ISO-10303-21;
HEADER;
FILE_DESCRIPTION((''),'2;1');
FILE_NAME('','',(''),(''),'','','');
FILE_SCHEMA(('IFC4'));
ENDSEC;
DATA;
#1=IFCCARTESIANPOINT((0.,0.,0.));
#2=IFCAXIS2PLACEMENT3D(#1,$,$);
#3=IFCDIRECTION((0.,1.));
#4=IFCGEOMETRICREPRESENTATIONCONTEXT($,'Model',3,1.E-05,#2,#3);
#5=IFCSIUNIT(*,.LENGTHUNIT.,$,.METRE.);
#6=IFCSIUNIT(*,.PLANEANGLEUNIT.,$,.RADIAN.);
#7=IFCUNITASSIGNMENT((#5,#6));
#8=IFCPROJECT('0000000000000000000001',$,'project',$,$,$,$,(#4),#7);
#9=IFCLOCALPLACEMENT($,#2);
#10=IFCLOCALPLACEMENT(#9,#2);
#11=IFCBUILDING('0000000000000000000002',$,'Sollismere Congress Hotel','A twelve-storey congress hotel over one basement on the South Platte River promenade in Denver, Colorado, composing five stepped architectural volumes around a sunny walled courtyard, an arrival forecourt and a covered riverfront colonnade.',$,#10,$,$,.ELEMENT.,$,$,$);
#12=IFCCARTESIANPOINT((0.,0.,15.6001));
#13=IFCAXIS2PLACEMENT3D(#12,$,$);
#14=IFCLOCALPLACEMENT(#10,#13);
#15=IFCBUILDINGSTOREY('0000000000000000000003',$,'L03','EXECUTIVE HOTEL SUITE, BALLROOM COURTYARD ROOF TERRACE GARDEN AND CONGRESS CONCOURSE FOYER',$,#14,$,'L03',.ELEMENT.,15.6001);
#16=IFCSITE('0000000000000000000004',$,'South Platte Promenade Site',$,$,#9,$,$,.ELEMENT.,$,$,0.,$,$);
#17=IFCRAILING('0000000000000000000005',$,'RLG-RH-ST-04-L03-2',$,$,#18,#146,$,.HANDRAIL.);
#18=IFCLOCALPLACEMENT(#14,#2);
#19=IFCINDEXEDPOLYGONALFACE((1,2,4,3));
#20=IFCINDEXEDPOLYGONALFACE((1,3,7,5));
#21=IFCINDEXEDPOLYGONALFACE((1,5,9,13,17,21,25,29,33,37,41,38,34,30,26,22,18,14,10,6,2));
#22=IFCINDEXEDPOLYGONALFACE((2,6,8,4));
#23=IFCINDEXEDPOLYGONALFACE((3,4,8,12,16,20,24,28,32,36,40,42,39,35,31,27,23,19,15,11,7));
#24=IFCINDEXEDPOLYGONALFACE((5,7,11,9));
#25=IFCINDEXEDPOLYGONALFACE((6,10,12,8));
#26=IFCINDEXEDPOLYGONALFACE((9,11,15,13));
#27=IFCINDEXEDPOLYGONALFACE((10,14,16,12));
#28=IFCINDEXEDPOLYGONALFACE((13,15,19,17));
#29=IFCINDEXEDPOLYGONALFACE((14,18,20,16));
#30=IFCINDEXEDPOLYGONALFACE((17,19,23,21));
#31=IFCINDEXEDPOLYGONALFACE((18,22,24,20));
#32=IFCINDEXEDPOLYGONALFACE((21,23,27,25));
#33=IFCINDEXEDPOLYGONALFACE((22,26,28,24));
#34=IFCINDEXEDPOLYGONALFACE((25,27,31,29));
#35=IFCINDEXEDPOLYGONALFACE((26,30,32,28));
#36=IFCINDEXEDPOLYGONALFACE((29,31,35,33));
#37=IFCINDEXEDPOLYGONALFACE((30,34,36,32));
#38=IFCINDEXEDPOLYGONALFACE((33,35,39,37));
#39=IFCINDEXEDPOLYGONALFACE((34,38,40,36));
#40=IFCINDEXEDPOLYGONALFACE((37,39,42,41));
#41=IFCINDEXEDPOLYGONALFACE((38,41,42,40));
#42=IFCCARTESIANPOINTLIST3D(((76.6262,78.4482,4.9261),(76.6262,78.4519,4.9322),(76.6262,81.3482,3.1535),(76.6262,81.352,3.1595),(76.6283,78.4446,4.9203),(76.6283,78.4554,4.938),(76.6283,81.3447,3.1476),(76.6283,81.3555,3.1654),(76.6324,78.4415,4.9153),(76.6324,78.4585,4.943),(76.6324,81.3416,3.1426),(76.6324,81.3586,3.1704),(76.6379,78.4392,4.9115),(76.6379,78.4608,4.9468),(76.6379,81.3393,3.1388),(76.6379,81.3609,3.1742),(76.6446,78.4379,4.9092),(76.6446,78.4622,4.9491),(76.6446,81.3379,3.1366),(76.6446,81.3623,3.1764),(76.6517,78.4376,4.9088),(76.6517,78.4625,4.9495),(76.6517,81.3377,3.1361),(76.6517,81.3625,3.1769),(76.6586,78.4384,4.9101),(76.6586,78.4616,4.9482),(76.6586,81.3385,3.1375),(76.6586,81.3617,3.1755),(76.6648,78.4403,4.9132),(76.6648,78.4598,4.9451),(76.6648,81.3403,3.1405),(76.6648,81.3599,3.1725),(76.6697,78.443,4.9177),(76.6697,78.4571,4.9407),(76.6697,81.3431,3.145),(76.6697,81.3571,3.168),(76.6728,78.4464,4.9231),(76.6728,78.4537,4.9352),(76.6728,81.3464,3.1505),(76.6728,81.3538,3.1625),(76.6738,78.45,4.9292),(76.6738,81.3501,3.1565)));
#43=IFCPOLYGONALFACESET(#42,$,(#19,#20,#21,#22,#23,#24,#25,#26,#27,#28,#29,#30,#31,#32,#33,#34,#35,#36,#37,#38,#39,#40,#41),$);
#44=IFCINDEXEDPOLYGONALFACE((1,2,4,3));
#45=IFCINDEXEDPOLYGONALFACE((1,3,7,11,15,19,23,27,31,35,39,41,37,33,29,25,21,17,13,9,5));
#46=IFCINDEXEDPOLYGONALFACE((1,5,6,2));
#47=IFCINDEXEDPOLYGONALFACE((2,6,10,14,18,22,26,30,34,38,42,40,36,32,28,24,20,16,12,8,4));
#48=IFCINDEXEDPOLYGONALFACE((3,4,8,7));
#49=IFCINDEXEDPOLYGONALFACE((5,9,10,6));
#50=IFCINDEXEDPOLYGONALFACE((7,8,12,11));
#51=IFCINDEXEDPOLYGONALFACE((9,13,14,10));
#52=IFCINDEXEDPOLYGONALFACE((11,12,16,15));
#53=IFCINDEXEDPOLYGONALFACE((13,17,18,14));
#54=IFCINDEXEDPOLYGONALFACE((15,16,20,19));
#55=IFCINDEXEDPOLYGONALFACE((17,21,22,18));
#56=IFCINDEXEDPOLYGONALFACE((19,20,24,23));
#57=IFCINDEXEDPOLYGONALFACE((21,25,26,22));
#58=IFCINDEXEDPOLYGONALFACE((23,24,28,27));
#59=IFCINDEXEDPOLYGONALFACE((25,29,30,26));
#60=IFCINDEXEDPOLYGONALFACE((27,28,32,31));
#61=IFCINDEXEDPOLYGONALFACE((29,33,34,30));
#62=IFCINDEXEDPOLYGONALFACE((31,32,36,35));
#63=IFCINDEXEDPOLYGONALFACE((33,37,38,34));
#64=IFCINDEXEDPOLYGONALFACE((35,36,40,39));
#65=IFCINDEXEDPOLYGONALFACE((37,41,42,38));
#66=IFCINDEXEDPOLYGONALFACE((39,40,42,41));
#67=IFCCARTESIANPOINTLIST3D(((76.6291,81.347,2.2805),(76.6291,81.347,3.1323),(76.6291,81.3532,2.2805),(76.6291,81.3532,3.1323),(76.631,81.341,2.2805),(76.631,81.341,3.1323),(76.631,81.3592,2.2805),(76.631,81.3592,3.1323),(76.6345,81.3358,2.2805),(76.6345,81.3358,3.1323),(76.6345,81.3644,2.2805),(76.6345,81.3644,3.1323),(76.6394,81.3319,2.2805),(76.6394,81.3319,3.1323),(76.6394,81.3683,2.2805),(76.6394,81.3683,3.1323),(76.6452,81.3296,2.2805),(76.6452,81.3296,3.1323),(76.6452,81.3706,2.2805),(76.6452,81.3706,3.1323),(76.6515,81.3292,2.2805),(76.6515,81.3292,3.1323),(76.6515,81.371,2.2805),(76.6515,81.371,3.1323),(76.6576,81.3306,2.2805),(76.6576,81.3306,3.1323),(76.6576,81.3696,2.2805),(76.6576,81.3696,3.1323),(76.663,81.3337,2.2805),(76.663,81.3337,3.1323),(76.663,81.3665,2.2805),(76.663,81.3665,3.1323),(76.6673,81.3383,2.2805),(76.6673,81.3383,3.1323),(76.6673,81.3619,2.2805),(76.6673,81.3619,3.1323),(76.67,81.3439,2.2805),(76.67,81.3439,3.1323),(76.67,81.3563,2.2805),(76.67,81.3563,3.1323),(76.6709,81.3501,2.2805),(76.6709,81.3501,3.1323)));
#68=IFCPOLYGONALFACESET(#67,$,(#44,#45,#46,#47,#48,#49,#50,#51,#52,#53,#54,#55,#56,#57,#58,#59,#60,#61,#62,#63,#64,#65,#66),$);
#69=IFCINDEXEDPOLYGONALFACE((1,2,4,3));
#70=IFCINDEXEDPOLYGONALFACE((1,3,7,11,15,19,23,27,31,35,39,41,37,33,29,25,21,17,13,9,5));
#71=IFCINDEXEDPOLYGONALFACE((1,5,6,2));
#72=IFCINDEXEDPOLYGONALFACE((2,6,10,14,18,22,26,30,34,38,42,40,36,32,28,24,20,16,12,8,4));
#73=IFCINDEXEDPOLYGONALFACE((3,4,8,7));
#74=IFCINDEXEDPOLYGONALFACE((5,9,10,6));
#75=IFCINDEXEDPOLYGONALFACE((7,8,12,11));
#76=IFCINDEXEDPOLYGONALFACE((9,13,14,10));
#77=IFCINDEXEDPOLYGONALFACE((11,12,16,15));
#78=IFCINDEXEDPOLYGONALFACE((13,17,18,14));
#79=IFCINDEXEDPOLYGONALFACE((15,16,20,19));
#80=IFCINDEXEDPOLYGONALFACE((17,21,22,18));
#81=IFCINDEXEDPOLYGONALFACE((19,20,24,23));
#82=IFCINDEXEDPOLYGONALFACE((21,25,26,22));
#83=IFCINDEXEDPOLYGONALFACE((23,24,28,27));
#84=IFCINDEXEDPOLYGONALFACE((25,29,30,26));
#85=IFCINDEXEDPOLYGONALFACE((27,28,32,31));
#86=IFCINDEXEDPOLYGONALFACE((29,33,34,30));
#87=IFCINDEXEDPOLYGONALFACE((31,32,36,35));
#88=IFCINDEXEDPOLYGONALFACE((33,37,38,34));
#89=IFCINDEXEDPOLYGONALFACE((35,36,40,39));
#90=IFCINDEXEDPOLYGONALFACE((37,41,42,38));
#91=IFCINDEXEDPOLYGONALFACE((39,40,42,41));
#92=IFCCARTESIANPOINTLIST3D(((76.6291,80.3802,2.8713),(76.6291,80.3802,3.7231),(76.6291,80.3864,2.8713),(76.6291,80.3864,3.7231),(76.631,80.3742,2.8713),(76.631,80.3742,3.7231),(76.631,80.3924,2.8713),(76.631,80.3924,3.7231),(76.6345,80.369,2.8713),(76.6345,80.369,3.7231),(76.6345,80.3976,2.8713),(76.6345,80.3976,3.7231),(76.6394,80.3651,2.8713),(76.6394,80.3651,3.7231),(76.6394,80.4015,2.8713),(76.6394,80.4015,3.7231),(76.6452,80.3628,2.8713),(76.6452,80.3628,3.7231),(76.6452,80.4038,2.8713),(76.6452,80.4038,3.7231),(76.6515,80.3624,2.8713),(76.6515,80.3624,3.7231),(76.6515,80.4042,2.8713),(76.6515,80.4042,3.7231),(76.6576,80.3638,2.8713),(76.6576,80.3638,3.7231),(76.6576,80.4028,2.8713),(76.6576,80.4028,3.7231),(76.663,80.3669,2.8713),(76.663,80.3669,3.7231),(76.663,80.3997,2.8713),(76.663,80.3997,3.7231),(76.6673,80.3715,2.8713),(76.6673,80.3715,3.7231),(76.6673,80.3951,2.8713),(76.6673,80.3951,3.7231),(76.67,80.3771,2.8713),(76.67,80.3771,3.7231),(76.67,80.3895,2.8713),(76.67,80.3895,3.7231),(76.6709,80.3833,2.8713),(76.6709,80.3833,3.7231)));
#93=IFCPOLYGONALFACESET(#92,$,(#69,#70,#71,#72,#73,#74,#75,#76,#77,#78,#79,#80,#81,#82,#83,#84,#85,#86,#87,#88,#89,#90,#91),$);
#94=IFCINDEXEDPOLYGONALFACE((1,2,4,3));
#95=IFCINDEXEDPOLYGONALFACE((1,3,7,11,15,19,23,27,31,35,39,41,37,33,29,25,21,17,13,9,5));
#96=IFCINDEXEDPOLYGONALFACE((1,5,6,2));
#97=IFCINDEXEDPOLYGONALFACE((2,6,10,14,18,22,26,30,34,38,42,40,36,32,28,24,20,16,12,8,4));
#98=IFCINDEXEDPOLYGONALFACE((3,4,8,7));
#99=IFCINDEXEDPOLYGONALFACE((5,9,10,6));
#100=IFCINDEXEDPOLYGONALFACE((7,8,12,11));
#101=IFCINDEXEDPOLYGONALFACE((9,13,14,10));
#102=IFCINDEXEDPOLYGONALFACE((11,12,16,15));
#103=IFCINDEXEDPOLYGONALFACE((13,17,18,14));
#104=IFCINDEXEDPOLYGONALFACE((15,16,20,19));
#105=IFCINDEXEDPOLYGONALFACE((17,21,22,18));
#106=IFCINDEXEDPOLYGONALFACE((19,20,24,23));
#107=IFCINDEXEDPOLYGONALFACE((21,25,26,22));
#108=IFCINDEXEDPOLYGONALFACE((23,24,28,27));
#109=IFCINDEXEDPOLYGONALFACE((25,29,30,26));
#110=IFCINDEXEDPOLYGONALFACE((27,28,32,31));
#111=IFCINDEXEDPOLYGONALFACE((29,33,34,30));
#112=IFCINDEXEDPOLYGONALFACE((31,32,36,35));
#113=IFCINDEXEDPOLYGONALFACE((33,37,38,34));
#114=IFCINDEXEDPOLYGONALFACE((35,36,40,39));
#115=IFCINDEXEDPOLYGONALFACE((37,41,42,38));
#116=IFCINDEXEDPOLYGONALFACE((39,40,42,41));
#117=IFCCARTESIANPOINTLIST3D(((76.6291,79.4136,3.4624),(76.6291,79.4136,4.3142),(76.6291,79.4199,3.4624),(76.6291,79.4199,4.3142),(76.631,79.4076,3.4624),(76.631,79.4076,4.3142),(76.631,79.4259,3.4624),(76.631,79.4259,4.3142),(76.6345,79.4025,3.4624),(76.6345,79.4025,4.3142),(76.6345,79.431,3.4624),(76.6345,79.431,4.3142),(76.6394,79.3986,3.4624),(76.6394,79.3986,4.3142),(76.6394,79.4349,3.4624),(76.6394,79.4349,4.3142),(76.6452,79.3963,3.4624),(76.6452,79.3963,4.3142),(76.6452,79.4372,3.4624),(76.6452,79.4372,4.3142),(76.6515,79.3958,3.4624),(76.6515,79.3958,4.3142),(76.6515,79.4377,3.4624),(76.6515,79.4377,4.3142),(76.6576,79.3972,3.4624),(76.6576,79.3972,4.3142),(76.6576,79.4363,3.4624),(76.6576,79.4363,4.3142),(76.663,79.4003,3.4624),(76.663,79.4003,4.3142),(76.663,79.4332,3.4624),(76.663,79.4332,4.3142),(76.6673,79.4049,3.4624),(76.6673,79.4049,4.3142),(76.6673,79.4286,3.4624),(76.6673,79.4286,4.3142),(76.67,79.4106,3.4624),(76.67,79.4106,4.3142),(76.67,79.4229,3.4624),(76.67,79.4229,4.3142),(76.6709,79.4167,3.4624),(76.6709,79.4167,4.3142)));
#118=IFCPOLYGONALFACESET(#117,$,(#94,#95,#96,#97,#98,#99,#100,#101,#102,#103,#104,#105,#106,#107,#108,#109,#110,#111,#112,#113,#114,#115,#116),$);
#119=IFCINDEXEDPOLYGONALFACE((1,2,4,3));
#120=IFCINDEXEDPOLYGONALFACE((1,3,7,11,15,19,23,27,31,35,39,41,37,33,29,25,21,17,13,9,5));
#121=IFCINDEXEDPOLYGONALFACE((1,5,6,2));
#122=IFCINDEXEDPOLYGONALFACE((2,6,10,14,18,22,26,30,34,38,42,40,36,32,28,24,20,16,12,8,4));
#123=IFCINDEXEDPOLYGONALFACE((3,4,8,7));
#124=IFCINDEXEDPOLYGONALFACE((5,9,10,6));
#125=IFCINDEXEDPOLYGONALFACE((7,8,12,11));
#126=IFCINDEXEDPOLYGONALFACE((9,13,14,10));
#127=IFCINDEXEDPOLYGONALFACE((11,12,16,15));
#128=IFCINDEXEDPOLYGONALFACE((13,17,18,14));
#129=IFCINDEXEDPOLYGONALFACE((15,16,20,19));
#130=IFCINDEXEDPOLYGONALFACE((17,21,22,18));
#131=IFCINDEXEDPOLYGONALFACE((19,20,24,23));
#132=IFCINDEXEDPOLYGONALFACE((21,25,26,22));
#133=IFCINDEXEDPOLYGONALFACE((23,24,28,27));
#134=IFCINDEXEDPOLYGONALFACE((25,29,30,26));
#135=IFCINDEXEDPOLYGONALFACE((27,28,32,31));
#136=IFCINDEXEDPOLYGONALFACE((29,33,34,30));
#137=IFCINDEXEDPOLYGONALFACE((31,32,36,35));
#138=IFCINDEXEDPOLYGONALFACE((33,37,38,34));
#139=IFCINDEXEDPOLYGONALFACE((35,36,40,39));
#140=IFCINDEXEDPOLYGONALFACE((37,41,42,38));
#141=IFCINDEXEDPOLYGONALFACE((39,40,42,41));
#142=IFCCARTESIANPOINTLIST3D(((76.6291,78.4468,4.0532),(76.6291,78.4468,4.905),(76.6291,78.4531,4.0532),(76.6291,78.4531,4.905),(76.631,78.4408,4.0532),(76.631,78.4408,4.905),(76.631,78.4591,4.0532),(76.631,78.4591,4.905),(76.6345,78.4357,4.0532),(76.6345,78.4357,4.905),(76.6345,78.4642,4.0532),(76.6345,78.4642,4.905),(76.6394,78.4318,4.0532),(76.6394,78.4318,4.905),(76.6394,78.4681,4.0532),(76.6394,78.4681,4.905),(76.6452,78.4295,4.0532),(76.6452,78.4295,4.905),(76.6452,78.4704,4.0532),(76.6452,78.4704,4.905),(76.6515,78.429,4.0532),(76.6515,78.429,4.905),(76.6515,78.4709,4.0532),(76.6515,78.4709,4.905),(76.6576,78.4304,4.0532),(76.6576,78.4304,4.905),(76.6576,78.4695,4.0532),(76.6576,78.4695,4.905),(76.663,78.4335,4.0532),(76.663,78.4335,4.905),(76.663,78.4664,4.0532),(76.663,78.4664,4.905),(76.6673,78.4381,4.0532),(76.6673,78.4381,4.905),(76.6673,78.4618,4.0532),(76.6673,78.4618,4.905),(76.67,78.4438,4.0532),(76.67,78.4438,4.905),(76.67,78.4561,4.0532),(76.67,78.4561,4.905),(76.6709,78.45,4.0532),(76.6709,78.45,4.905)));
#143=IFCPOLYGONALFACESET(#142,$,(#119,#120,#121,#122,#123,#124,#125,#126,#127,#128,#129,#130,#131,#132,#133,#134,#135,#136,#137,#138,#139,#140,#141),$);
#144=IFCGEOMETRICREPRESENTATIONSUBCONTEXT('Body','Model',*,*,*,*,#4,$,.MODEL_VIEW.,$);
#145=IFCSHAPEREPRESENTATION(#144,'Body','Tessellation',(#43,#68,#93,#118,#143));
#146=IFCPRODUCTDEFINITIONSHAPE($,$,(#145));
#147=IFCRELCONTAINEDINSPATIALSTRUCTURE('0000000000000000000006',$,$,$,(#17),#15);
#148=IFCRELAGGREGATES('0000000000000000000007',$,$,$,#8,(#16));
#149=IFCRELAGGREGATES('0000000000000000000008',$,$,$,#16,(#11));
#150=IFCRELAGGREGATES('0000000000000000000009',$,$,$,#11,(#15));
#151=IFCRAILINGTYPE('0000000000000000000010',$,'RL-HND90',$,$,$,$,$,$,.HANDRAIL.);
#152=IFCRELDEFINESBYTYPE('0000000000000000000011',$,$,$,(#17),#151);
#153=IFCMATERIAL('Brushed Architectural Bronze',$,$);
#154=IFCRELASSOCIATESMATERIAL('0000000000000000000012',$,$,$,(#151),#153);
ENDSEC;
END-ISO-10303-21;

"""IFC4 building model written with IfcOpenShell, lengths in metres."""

from ifc_helpers import new_model, si_unit, direction, frame, origin, origin_2d, place, context, subcontext, project, spatial, circle, extrude, material, type_object, element, save


model = new_model("IFC4")

# Units and contexts
model_context = context("Model", 3, precision=1e-05, world=origin(), true_north=direction((0.0, 1.0)))
body_context = subcontext(model_context, "Body", "Model", "MODEL_VIEW")
ifc_project = project(units=[si_unit("LENGTHUNIT", "METRE"), si_unit("PLANEANGLEUNIT", "RADIAN")], contexts=[model_context])

# Site, building, storey
site_placement = place(None, origin())
site = spatial("IfcSite", under=ifc_project, at=site_placement, Name="South Platte Promenade Site", CompositionType="ELEMENT", RefElevation=0.0)
building_placement = place(site_placement, origin())
building = spatial("IfcBuilding", under=site, at=building_placement, Name="Sollismere Congress Hotel", Description="A twelve-storey congress hotel over one basement on the South Platte River promenade in Denver, Colorado, composing five stepped architectural volumes around a sunny walled courtyard, an arrival forecourt and a covered riverfront colonnade.", CompositionType="ELEMENT")
storey_placement = place(building_placement, frame((0.0, 0.0, 15.6001)))
storey = spatial("IfcBuildingStorey", under=building, at=storey_placement, Name="L03", Description="EXECUTIVE HOTEL SUITE, BALLROOM COURTYARD ROOF TERRACE GARDEN AND CONGRESS CONCOURSE FOYER", LongName="L03", CompositionType="ELEMENT", Elevation=15.6001)

# Railing
ifc_material_1 = material(Name="Brushed Architectural Bronze")
railing_type_1 = type_object("IfcRailingType", Name="RL-HND90", PredefinedType="HANDRAIL", material=ifc_material_1)
railing_1_placement = place(storey_placement, frame((76.6499, 81.3501, 2.2805)))
element("IfcRailing", 1, at=railing_1_placement, inside=storey, type_object=railing_type_1, Name="RLG-RH-ST-04-L03-2", PredefinedType="HANDRAIL", context=body_context, shape_type="SweptSolid", body=[
    extrude(circle(Radius=0.0239, at=origin_2d()), frame((0.0, 0.0, 0.876), z_axis=(0.0, -0.85323, 0.521534), x_axis=(1.0, 0.0, 0.0)), (0.0, 0.0, 1.0), 3.3989),
    extrude(circle(Radius=0.021, at=origin_2d()), origin(), (0.0, 0.0, 1.0), 0.8518),
    extrude(circle(Radius=0.021, at=origin_2d()), frame((0.0, -0.9668, 0.5908)), (0.0, 0.0, 1.0), 0.8518),
    extrude(circle(Radius=0.021, at=origin_2d()), frame((0.0, -1.9333, 1.1819)), (0.0, 0.0, 1.0), 0.8518),
    extrude(circle(Radius=0.021, at=origin_2d()), frame((0.0, -2.9001, 1.7727)), (0.0, 0.0, 1.0), 0.8518),
])

save(model, "model.ifc")
